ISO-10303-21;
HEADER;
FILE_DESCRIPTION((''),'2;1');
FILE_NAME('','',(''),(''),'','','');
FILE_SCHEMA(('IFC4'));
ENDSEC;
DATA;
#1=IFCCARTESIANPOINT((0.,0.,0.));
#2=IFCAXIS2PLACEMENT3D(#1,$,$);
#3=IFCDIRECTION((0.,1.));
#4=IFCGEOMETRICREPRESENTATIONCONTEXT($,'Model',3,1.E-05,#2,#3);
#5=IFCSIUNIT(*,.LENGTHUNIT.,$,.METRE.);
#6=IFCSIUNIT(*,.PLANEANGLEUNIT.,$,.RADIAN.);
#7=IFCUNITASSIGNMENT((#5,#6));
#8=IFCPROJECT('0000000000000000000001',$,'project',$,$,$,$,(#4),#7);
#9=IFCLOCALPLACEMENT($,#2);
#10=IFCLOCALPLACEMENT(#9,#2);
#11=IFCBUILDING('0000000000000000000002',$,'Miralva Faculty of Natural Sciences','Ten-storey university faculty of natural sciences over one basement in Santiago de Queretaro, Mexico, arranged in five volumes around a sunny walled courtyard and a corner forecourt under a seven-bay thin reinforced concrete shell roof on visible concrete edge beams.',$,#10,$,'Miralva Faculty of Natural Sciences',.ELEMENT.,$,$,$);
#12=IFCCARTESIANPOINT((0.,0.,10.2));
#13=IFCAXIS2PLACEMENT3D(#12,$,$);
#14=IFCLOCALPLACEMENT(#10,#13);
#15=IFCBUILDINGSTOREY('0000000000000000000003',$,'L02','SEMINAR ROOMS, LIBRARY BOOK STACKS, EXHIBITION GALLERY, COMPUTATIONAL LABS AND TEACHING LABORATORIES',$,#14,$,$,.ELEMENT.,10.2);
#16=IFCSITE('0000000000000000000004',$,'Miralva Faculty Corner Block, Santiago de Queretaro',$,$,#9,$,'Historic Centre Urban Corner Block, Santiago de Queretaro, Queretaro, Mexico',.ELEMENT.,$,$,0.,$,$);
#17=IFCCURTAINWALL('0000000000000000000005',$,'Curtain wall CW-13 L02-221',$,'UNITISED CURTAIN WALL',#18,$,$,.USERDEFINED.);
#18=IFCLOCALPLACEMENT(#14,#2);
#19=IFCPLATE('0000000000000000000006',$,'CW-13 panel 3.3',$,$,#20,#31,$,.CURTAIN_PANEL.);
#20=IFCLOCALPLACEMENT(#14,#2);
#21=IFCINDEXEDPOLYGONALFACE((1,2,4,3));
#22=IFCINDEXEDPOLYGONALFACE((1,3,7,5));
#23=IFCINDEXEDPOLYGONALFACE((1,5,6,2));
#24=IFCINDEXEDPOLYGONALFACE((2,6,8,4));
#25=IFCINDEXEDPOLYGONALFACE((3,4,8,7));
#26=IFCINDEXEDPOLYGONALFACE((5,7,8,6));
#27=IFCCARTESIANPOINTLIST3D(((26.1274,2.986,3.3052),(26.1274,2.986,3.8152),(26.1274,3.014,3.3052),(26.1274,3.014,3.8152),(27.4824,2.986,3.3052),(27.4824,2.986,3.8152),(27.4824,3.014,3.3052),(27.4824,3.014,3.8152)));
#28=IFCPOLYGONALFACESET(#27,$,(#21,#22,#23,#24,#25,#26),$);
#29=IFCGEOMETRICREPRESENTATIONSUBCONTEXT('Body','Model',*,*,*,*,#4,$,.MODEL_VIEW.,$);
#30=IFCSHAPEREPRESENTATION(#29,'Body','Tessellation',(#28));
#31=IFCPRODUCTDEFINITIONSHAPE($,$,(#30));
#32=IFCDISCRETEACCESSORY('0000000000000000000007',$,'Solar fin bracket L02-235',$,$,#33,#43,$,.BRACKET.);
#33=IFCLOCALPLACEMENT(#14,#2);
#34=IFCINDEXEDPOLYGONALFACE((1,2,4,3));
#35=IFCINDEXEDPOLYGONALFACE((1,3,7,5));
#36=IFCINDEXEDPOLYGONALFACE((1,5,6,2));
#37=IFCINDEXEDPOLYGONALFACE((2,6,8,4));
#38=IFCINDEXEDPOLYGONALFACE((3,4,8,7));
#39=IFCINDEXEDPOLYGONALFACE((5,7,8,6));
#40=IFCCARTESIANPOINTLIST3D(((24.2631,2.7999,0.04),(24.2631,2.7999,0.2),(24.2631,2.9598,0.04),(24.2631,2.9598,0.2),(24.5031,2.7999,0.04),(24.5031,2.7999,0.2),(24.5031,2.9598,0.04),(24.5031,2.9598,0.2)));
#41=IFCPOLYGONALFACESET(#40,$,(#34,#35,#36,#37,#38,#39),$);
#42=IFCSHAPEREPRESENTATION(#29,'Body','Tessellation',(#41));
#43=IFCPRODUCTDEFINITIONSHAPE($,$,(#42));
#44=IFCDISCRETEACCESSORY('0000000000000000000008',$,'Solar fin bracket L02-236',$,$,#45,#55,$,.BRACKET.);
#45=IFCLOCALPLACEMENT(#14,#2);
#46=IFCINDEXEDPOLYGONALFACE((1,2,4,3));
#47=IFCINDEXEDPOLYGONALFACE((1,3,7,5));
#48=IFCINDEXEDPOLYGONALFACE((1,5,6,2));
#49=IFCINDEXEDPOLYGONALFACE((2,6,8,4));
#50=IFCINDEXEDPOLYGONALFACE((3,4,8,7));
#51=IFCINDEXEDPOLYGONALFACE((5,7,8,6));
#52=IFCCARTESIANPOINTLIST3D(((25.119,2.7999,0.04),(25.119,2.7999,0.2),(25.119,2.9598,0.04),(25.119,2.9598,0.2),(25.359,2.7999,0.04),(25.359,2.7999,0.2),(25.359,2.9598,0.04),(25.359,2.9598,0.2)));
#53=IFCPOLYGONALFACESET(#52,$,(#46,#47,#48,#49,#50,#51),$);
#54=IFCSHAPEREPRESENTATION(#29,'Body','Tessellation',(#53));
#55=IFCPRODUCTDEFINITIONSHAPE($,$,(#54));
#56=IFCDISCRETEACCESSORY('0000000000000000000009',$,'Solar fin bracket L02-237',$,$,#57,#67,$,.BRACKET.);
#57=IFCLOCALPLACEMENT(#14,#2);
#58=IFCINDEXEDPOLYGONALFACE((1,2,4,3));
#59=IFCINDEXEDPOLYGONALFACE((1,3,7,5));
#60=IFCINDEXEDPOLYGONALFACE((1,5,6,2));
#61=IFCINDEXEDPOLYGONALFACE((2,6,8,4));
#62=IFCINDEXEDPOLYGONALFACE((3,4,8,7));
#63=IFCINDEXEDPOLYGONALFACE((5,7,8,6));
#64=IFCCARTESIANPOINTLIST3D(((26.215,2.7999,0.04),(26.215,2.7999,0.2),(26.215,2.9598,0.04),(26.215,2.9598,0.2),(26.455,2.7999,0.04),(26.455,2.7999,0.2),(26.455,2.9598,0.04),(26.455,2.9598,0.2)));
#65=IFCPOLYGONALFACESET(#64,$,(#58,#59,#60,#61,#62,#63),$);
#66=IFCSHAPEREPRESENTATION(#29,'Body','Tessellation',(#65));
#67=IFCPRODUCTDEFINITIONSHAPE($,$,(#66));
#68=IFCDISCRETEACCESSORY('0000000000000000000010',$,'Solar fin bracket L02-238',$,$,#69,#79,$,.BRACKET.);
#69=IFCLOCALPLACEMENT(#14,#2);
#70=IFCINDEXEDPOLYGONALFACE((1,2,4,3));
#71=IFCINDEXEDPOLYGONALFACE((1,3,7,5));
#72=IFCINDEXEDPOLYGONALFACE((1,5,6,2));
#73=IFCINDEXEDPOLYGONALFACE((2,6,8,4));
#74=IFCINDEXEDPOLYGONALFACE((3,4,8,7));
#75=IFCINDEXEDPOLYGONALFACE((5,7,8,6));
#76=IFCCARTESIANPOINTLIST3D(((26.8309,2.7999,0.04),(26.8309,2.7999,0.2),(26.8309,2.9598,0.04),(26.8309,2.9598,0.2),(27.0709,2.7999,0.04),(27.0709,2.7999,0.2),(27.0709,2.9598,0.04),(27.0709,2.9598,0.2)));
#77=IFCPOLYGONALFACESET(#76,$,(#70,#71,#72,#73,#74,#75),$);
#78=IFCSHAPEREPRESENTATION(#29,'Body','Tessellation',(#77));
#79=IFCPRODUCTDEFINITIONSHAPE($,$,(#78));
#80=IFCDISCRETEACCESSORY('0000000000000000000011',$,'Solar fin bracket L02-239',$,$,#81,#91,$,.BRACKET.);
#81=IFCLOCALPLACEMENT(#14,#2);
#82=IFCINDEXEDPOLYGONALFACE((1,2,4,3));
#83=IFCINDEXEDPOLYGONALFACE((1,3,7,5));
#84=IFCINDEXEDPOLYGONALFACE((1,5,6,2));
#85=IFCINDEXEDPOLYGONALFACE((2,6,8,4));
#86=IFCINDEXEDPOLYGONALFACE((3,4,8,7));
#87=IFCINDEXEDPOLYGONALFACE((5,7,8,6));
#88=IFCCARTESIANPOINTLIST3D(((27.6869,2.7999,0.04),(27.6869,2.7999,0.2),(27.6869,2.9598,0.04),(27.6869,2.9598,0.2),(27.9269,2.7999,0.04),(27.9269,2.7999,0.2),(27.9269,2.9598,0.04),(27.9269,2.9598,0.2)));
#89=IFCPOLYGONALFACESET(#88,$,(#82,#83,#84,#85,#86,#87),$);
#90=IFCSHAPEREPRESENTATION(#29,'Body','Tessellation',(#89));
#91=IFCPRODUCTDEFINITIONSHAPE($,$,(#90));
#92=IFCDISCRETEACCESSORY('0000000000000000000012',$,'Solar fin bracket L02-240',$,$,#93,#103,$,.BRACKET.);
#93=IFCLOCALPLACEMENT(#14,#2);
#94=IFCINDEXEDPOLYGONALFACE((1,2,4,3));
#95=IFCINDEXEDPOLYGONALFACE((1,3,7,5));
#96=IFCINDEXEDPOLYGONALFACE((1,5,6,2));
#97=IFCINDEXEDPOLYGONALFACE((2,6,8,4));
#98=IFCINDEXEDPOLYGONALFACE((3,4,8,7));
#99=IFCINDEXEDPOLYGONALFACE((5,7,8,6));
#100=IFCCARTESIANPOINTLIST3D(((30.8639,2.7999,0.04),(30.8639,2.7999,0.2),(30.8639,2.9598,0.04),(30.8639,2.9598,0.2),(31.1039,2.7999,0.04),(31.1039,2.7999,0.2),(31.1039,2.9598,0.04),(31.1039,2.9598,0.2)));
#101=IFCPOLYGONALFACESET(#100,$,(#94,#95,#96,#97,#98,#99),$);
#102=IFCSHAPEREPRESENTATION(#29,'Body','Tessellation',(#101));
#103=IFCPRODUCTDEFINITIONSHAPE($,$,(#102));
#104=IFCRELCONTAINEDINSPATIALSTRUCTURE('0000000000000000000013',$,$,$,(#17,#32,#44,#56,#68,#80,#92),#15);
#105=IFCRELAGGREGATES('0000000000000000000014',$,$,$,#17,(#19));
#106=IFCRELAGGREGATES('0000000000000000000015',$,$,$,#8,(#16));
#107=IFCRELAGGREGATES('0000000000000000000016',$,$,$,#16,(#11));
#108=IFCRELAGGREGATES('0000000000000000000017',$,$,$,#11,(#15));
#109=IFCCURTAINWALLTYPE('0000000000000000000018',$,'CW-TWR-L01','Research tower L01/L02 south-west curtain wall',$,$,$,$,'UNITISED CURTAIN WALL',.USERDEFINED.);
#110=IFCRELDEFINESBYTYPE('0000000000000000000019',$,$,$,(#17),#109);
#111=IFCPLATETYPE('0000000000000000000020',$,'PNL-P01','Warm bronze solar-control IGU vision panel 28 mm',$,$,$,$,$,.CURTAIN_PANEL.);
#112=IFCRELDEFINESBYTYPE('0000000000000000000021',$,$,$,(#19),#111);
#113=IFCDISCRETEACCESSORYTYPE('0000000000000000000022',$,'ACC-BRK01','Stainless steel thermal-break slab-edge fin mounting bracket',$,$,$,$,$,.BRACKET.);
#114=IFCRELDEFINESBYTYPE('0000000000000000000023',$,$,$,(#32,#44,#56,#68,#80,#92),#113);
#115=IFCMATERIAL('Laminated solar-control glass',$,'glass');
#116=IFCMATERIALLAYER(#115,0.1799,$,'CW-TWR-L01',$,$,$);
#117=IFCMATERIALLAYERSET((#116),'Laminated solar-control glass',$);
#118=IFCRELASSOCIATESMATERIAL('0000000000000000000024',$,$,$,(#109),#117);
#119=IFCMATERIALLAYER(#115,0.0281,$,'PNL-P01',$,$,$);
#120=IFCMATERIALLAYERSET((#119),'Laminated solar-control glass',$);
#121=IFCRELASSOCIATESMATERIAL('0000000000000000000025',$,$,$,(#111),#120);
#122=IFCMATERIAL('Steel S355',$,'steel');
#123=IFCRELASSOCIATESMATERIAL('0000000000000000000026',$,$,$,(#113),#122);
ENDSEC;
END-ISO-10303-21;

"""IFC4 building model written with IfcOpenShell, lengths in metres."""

from ifc_helpers import new_model, si_unit, direction, frame, origin, origin_2d, place, context, subcontext, project, spatial, rectangle, extrude, material, layer, layer_set, type_object, element, aggregate, save


model = new_model("IFC4")

# Units and contexts
model_context = context("Model", 3, precision=1e-05, world=origin(), true_north=direction((0.0, 1.0)))
body_context = subcontext(model_context, "Body", "Model", "MODEL_VIEW")
ifc_project = project(units=[si_unit("LENGTHUNIT", "METRE"), si_unit("PLANEANGLEUNIT", "RADIAN")], contexts=[model_context])

# Site, building, storey
site_placement = place(None, origin())
site = spatial("IfcSite", under=ifc_project, at=site_placement, Name="Miralva Faculty Corner Block, Santiago de Queretaro", LongName="Historic Centre Urban Corner Block, Santiago de Queretaro, Queretaro, Mexico", CompositionType="ELEMENT", RefElevation=0.0)
building_placement = place(site_placement, origin())
building = spatial("IfcBuilding", under=site, at=building_placement, Name="Miralva Faculty of Natural Sciences", Description="Ten-storey university faculty of natural sciences over one basement in Santiago de Queretaro, Mexico, arranged in five volumes around a sunny walled courtyard and a corner forecourt under a seven-bay thin reinforced concrete shell roof on visible concrete edge beams.", LongName="Miralva Faculty of Natural Sciences", CompositionType="ELEMENT")
storey_placement = place(building_placement, frame((0.0, 0.0, 10.2)))
storey = spatial("IfcBuildingStorey", under=building, at=storey_placement, Name="L02", Description="SEMINAR ROOMS, LIBRARY BOOK STACKS, EXHIBITION GALLERY, COMPUTATIONAL LABS AND TEACHING LABORATORIES", CompositionType="ELEMENT", Elevation=10.2)

# Curtain wall
ifc_material_1 = material(Name="Laminated solar-control glass", Category="glass")
ifc_layer_1 = layer(ifc_material_1, 0.1799, Name="CW-TWR-L01")
ifc_layer_set_1 = layer_set([ifc_layer_1], Name="Laminated solar-control glass")
curtain_wall_type = type_object("IfcCurtainWallType", Name="CW-TWR-L01", Description="Research tower L01/L02 south-west curtain wall", ElementType="UNITISED CURTAIN WALL", PredefinedType="USERDEFINED", material=ifc_layer_set_1)
curtain_wall_placement = place(storey_placement, origin())
curtain_wall = element("IfcCurtainWall", 1, at=curtain_wall_placement, inside=storey, type_object=curtain_wall_type, Name="Curtain wall CW-13 L02-221", ObjectType="UNITISED CURTAIN WALL", PredefinedType="USERDEFINED")

# Plate
ifc_layer_2 = layer(ifc_material_1, 0.0281, Name="PNL-P01")
ifc_layer_set_2 = layer_set([ifc_layer_2], Name="Laminated solar-control glass")
plate_type = type_object("IfcPlateType", Name="PNL-P01", Description="Warm bronze solar-control IGU vision panel 28 mm", PredefinedType="CURTAIN_PANEL", material=ifc_layer_set_2)
plate_1_placement = place(storey_placement, frame((26.8049, 3.0, 3.3052), z_axis=(0.0, 0.0, 1.0), x_axis=(1.0, 0.0, 0.0)))
plate_1 = element("IfcPlate", 2, at=plate_1_placement, type_object=plate_type, Name="CW-13 panel 3.3", PredefinedType="CURTAIN_PANEL", context=body_context, shape_type="SweptSolid", body=[
    extrude(rectangle(XDim=1.355, YDim=0.0281, at=origin_2d()), origin(), (0.0, 0.0, 1.0), 0.51),
])
aggregate(curtain_wall, [plate_1])

# Discrete accessories
ifc_material_2 = material(Name="Steel S355", Category="steel")
discrete_accessory_type = type_object("IfcDiscreteAccessoryType", Name="ACC-BRK01", Description="Stainless steel thermal-break slab-edge fin mounting bracket", PredefinedType="BRACKET", material=ifc_material_2)
for number, where, z_axis, x_axis, name in (
    (3, (24.3831, 2.8799, 0.04), (0.0, 0.0, 1.0), (0.0, -1.0, 0.0), "Solar fin bracket L02-235"),
    (4, (25.239, 2.8799, 0.04), (0.0, 0.0, 1.0), (0.0, -1.0, 0.0), "Solar fin bracket L02-236"),
    (5, (26.335, 2.8799, 0.04), (0.0, 0.0, 1.0), (0.0, -1.0, 0.0), "Solar fin bracket L02-237"),
    (6, (26.9509, 2.8799, 0.04), (0.0, 0.0, 1.0), (0.0, -1.0, 0.0), "Solar fin bracket L02-238"),
    (7, (27.8069, 2.8799, 0.04), (0.0, 0.0, 1.0), (0.0, -1.0, 0.0), "Solar fin bracket L02-239"),
    (8, (30.9839, 2.8799, 0.04), (0.0, 0.0, 1.0), (0.0, -1.0, 0.0), "Solar fin bracket L02-240"),
):
    element("IfcDiscreteAccessory", number, at=place(storey_placement, frame(where, z_axis=z_axis, x_axis=x_axis)), inside=storey, type_object=discrete_accessory_type, Name=name, PredefinedType="BRACKET", context=body_context, shape_type="SweptSolid", body=[
        extrude(rectangle(XDim=0.1599, YDim=0.24, at=origin_2d()), origin(), (0.0, 0.0, 1.0), 0.1599),
    ])

save(model, "model.ifc")
